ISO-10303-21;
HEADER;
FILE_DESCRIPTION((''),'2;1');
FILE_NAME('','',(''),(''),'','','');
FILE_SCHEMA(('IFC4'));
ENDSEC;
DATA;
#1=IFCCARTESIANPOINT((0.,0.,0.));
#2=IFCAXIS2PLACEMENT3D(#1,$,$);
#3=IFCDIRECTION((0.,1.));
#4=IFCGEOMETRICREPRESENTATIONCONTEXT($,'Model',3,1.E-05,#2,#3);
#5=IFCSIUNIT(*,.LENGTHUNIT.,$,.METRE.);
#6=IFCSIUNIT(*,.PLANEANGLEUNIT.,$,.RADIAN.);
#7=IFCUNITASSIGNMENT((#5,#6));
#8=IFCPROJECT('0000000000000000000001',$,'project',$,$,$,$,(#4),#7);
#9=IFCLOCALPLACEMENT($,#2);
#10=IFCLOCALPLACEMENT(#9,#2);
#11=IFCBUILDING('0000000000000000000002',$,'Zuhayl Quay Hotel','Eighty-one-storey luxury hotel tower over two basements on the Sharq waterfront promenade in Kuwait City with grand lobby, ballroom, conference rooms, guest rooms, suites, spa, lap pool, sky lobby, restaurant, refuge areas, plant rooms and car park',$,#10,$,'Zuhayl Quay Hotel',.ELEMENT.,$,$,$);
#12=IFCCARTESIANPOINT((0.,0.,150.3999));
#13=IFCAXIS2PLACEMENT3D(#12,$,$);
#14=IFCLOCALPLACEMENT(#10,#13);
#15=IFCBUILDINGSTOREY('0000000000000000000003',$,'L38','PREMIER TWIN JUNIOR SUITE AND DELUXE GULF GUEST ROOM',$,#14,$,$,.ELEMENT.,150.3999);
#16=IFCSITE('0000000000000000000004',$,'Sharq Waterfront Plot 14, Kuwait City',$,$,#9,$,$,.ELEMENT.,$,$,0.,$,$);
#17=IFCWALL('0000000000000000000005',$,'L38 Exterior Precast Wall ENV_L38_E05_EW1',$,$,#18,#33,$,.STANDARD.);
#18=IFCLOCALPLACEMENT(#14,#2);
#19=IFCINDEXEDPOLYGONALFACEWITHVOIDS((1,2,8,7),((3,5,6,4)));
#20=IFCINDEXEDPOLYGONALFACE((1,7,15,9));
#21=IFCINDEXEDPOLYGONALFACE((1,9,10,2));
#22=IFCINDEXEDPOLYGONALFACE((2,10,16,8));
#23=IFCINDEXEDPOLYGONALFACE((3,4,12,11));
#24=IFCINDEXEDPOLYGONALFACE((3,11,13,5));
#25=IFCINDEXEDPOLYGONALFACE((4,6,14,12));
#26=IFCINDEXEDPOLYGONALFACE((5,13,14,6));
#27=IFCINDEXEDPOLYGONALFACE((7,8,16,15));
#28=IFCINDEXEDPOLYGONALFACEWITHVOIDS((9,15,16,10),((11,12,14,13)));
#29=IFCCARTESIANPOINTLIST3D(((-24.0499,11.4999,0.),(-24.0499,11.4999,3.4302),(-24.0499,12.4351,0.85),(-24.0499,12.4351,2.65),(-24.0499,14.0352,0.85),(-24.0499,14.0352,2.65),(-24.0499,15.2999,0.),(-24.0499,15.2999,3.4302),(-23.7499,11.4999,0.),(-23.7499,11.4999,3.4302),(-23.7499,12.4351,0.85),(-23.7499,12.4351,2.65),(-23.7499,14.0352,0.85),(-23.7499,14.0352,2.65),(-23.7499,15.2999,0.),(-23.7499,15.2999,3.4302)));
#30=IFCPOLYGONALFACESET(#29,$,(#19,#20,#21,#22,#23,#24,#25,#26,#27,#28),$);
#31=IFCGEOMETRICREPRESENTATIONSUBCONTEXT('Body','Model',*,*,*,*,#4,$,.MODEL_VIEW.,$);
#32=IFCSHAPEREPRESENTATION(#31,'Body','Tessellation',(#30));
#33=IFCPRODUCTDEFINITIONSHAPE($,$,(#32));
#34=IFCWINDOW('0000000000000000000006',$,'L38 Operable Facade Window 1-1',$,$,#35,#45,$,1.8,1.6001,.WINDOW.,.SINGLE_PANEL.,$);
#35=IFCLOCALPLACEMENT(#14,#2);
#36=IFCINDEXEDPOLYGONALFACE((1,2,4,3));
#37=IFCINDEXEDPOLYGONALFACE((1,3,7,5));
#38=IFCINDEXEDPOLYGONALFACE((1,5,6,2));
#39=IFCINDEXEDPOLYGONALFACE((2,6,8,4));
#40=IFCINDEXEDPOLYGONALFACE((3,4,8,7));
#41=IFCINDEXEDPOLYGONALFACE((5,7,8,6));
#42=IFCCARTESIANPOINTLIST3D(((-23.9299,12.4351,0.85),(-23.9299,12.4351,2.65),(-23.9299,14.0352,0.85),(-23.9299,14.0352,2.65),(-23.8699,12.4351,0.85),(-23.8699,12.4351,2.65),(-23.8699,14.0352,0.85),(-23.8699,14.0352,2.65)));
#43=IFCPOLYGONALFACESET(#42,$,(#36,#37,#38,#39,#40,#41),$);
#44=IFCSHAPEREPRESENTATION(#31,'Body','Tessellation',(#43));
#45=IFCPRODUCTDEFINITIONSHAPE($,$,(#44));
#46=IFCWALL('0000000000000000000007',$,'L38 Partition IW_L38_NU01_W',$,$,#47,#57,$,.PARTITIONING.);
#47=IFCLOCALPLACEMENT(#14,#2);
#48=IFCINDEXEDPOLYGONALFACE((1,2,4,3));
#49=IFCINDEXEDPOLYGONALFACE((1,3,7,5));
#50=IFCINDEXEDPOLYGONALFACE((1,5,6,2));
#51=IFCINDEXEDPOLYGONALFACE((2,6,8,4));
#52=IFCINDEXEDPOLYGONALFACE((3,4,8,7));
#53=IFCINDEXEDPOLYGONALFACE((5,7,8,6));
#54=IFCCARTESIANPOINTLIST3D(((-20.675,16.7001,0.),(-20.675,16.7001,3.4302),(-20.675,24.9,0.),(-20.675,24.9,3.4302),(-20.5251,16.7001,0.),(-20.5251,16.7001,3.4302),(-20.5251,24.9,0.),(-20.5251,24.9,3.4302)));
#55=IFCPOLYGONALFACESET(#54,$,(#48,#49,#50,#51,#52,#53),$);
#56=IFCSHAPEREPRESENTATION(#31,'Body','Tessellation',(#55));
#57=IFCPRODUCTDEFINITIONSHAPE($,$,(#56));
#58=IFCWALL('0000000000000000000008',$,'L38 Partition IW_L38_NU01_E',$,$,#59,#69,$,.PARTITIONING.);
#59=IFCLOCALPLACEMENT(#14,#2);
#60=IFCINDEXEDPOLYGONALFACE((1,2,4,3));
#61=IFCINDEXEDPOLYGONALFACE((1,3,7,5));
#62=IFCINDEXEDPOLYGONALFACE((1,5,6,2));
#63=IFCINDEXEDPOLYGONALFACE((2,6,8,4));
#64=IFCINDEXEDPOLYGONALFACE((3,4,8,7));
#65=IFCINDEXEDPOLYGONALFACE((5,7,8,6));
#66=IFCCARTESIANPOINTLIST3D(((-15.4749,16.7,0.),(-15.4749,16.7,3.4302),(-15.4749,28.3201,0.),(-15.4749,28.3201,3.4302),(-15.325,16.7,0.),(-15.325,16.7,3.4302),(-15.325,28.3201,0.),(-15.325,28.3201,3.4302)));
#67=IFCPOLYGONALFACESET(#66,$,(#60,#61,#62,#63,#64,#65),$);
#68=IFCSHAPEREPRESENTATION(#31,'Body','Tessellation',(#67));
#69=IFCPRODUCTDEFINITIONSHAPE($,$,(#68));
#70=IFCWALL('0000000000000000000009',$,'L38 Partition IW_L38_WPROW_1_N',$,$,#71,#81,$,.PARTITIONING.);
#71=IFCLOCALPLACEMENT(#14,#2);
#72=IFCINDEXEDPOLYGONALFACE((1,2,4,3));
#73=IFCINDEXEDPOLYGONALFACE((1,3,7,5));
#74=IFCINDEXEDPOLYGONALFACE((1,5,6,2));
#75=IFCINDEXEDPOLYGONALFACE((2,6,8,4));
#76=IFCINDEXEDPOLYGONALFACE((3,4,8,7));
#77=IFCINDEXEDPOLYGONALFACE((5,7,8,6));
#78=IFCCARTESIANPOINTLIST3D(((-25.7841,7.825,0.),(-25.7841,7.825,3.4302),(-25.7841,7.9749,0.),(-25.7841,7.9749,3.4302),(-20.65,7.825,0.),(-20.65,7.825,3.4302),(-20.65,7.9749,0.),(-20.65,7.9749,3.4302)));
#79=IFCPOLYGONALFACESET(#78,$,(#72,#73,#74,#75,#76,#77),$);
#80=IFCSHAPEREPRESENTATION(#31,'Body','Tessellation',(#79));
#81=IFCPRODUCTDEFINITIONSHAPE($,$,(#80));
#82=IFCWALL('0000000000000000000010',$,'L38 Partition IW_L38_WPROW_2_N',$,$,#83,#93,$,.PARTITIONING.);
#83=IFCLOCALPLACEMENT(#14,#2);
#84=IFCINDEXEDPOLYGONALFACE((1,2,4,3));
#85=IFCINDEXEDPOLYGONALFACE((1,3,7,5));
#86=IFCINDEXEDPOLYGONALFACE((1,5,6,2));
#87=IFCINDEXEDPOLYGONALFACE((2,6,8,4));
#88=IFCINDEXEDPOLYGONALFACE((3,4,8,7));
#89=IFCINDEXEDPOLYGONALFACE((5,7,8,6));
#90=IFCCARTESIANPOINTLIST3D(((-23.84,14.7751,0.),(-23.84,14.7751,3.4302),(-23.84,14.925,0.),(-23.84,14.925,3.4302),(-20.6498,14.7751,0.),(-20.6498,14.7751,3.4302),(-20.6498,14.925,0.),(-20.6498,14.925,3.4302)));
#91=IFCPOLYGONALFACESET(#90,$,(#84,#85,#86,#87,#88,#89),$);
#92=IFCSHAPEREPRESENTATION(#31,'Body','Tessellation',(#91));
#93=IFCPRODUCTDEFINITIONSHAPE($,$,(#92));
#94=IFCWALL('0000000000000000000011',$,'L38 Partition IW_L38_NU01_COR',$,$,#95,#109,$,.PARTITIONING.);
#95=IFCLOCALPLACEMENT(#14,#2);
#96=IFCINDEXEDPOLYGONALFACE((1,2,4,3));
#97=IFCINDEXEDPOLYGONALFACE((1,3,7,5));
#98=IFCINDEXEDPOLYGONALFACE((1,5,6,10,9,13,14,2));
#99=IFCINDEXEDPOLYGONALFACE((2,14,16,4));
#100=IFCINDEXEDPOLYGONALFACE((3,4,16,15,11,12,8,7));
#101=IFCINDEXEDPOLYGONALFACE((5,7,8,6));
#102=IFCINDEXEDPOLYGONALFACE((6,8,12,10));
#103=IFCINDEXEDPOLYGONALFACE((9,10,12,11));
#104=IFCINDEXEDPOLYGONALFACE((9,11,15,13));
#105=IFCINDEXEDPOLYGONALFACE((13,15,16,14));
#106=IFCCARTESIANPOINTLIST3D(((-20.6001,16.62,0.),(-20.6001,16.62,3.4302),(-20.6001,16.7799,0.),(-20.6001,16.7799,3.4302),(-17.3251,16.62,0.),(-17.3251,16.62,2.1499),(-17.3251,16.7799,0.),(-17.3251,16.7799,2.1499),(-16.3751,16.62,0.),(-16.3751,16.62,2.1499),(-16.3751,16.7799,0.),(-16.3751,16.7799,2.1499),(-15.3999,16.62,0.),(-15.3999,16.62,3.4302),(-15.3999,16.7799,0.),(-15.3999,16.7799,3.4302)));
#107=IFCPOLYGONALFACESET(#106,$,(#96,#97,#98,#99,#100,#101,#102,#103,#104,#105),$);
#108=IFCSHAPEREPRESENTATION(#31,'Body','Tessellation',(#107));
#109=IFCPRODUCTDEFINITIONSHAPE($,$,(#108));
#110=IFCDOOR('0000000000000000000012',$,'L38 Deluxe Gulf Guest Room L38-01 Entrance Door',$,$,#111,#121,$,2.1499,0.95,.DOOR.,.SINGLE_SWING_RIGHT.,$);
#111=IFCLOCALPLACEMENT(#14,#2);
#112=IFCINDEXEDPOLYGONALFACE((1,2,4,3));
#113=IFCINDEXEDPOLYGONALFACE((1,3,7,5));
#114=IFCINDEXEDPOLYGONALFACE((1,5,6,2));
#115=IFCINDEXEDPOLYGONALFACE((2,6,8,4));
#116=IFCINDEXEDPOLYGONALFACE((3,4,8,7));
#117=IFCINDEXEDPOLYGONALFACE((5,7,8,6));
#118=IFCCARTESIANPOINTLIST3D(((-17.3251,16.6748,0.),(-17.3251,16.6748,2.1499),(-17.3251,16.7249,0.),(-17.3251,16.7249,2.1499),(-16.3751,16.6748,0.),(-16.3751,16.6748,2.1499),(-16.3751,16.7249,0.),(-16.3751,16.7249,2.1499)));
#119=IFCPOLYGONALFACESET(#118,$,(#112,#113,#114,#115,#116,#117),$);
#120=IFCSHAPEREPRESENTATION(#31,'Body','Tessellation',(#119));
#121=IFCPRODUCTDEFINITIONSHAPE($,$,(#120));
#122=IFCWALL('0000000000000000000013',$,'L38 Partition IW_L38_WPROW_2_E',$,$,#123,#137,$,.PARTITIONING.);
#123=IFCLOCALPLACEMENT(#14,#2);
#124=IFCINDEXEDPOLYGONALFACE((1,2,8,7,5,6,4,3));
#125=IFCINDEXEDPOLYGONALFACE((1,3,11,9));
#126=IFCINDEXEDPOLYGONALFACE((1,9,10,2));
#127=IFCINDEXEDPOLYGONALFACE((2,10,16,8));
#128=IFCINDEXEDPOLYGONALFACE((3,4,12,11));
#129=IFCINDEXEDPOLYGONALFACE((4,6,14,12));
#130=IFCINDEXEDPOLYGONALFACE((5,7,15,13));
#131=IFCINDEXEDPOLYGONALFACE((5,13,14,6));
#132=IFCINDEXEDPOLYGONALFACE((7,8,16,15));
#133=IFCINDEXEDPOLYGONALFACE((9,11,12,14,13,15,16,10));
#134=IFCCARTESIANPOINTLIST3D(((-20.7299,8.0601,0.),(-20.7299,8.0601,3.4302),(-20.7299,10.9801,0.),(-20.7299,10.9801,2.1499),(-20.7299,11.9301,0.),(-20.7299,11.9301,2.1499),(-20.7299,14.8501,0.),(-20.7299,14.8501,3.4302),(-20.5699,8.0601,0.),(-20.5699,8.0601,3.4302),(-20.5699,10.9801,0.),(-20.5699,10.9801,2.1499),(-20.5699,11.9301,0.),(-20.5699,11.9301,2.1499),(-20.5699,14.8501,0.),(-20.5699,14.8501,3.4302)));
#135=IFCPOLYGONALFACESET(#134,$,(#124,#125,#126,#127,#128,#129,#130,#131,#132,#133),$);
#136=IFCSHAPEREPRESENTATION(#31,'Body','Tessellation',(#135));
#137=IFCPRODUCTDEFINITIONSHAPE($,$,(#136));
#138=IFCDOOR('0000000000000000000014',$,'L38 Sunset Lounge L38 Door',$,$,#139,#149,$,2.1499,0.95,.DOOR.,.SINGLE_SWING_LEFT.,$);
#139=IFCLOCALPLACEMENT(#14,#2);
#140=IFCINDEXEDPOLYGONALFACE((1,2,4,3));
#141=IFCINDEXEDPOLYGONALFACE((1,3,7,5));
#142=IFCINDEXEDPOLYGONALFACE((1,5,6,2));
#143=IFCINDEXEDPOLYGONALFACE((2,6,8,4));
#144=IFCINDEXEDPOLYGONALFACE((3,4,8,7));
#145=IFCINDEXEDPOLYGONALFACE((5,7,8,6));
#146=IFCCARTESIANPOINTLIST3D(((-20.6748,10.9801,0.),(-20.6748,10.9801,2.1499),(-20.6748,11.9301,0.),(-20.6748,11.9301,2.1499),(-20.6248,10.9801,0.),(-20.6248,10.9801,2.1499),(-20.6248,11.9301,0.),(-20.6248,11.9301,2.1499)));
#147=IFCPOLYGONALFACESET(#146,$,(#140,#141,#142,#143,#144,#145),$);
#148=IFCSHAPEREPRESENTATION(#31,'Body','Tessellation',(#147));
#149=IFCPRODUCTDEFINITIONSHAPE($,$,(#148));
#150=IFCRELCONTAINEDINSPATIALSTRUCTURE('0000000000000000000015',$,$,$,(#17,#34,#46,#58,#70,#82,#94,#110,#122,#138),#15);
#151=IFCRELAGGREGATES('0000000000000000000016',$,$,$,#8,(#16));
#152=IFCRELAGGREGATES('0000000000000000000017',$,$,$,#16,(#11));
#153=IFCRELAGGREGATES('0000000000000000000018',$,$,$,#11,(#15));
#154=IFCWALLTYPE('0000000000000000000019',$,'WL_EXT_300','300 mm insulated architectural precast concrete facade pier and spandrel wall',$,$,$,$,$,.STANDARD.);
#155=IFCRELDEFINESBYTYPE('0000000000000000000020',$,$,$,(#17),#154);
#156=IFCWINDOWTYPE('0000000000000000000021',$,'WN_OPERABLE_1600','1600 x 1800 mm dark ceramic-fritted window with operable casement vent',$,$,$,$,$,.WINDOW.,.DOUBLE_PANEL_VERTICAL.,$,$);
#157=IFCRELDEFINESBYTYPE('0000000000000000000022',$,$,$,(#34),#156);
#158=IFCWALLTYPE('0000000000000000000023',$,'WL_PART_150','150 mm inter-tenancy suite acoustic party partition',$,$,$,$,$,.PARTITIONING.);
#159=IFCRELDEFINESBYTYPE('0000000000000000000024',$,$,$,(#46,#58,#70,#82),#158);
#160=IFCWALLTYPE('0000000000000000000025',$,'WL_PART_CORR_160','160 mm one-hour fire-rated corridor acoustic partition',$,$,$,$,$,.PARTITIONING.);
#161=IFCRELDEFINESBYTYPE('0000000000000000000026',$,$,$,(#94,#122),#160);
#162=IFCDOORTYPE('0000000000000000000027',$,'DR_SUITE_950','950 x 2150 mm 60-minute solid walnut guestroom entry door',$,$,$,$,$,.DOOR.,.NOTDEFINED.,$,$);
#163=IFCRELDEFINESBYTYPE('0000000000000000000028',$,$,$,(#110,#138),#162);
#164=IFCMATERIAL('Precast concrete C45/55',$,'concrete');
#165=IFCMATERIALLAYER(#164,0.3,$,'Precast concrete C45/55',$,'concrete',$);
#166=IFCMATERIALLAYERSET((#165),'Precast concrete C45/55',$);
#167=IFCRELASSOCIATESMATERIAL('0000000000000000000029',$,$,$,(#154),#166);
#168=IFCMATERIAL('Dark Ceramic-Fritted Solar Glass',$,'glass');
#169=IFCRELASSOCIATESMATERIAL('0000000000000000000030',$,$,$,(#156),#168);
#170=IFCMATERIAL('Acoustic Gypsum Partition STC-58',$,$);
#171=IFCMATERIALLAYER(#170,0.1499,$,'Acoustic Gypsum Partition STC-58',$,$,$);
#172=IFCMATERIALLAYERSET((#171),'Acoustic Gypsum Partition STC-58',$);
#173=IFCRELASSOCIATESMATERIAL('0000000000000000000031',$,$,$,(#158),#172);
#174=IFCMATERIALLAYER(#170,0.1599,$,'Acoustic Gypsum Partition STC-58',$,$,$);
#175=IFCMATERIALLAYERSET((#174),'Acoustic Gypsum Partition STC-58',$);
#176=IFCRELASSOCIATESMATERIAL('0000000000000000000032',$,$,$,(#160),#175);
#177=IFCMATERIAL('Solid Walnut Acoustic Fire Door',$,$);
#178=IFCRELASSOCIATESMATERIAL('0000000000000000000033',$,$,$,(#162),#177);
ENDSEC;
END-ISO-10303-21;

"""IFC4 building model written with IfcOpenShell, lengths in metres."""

from ifc_helpers import new_model, si_unit, direction, frame, frame_2d, origin, place, context, subcontext, project, spatial, rectangle, extrude, material, layer, layer_set, type_object, element, fill, save


model = new_model("IFC4")

# Units and contexts
model_context = context("Model", 3, precision=1e-05, world=origin(), true_north=direction((0.0, 1.0)))
body_context = subcontext(model_context, "Body", "Model", "MODEL_VIEW")
ifc_project = project(units=[si_unit("LENGTHUNIT", "METRE"), si_unit("PLANEANGLEUNIT", "RADIAN")], contexts=[model_context])

# Site, building, storey
site_placement = place(None, origin())
site = spatial("IfcSite", under=ifc_project, at=site_placement, Name="Sharq Waterfront Plot 14, Kuwait City", CompositionType="ELEMENT", RefElevation=0.0)
building_placement = place(site_placement, origin())
building = spatial("IfcBuilding", under=site, at=building_placement, Name="Zuhayl Quay Hotel", Description="Eighty-one-storey luxury hotel tower over two basements on the Sharq waterfront promenade in Kuwait City with grand lobby, ballroom, conference rooms, guest rooms, suites, spa, lap pool, sky lobby, restaurant, refuge areas, plant rooms and car park", LongName="Zuhayl Quay Hotel", CompositionType="ELEMENT")
storey_placement = place(building_placement, frame((0.0, 0.0, 150.3999)))
storey = spatial("IfcBuildingStorey", under=building, at=storey_placement, Name="L38", Description="PREMIER TWIN JUNIOR SUITE AND DELUXE GULF GUEST ROOM", CompositionType="ELEMENT", Elevation=150.3999)

# Wall, opening, window
ifc_material_1 = material(Name="Precast concrete C45/55", Category="concrete")
ifc_layer_1 = layer(ifc_material_1, 0.3, Name="Precast concrete C45/55", Category="concrete")
ifc_layer_set_1 = layer_set([ifc_layer_1], Name="Precast concrete C45/55")
wall_type_1 = type_object("IfcWallType", Name="WL_EXT_300", Description="300 mm insulated architectural precast concrete facade pier and spandrel wall", PredefinedType="STANDARD", material=ifc_layer_set_1)
wall_1_placement = place(storey_placement, frame((-23.8999, 11.5, 0.0), z_axis=(0.0, 0.0, 1.0), x_axis=(0.0, 1.0, 0.0)))
wall_1 = element("IfcWall", 1, at=wall_1_placement, inside=storey, type_object=wall_type_1, Name="L38 Exterior Precast Wall ENV_L38_E05_EW1", PredefinedType="STANDARD", context=body_context, shape_type="SweptSolid", body=[
    extrude(rectangle(XDim=3.8, YDim=0.3, at=frame_2d((1.8999, 0.0))), origin(), (0.0, 0.0, 1.0), 3.4302),
])
opening_1_placement = place(wall_1_placement, frame((0.9351, 0.0, 0.8501)))
opening_1 = element("IfcOpeningElement", 2, at=opening_1_placement, cuts=wall_1, PredefinedType="OPENING", context=body_context, shape_type="SweptSolid", body=[
    extrude(rectangle(XDim=1.6001, YDim=1.8, at=frame_2d((0.8, 0.8999))), frame((0.0, 0.1599, 0.0), z_axis=(0.0, -1.0, 0.0), x_axis=(1.0, 0.0, 0.0)), (0.0, 0.0, 1.0), 0.3201),
])
ifc_material_2 = material(Name="Dark Ceramic-Fritted Solar Glass", Category="glass")
window_type = type_object("IfcWindowType", Name="WN_OPERABLE_1600", Description="1600 x 1800 mm dark ceramic-fritted window with operable casement vent", PartitioningType="DOUBLE_PANEL_VERTICAL", PredefinedType="WINDOW", material=ifc_material_2)
window_placement = place(opening_1_placement, origin())
window = element("IfcWindow", 3, at=window_placement, inside=storey, type_object=window_type, Name="L38 Operable Facade Window 1-1", OverallHeight=1.8, OverallWidth=1.6001, PartitioningType="SINGLE_PANEL", PredefinedType="WINDOW", context=body_context, shape_type="SweptSolid", body=[
    extrude(rectangle(XDim=1.6001, YDim=1.8, at=frame_2d((0.8, 0.8999))), frame((0.0, 0.03, 0.0), z_axis=(0.0, -1.0, 0.0), x_axis=(1.0, 0.0, 0.0)), (0.0, 0.0, 1.0), 0.0601),
])
fill(opening_1, window)

# Walls
ifc_material_3 = material(Name="Acoustic Gypsum Partition STC-58")
ifc_layer_2 = layer(ifc_material_3, 0.1499, Name="Acoustic Gypsum Partition STC-58")
ifc_layer_set_2 = layer_set([ifc_layer_2], Name="Acoustic Gypsum Partition STC-58")
wall_type_2 = type_object("IfcWallType", Name="WL_PART_150", Description="150 mm inter-tenancy suite acoustic party partition", PredefinedType="PARTITIONING", material=ifc_layer_set_2)
wall_2_placement = place(storey_placement, frame((-20.6001, 16.7, 0.0), z_axis=(0.0, 0.0, 1.0), x_axis=(0.0, 1.0, 0.0)))
element("IfcWall", 4, at=wall_2_placement, inside=storey, type_object=wall_type_2, Name="L38 Partition IW_L38_NU01_W", PredefinedType="PARTITIONING", context=body_context, shape_type="SweptSolid", body=[
    extrude(rectangle(XDim=8.2, YDim=0.1499, at=frame_2d((4.1001, 0.0))), origin(), (0.0, 0.0, 1.0), 3.4302),
])
wall_3_placement = place(storey_placement, frame((-15.3999, 16.7, 0.0), z_axis=(0.0, 0.0, 1.0), x_axis=(0.0, 1.0, 0.0)))
element("IfcWall", 5, at=wall_3_placement, inside=storey, type_object=wall_type_2, Name="L38 Partition IW_L38_NU01_E", PredefinedType="PARTITIONING", context=body_context, shape_type="SweptSolid", body=[
    extrude(rectangle(XDim=11.6201, YDim=0.1499, at=frame_2d((5.8101, 0.0))), origin(), (0.0, 0.0, 1.0), 3.4302),
])
wall_4_placement = place(storey_placement, frame((-25.7839, 7.8999, 0.0), z_axis=(0.0, 0.0, 1.0), x_axis=(1.0, 0.0, 0.0)))
element("IfcWall", 6, at=wall_4_placement, inside=storey, type_object=wall_type_2, Name="L38 Partition IW_L38_WPROW_1_N", PredefinedType="PARTITIONING", context=body_context, shape_type="SweptSolid", body=[
    extrude(rectangle(XDim=5.134, YDim=0.1499, at=frame_2d((2.5669, 0.0))), origin(), (0.0, 0.0, 1.0), 3.4302),
])
wall_5_placement = place(storey_placement, frame((-23.8401, 14.8501, 0.0), z_axis=(0.0, 0.0, 1.0), x_axis=(1.0, 0.0, 0.0)))
element("IfcWall", 7, at=wall_5_placement, inside=storey, type_object=wall_type_2, Name="L38 Partition IW_L38_WPROW_2_N", PredefinedType="PARTITIONING", context=body_context, shape_type="SweptSolid", body=[
    extrude(rectangle(XDim=3.1902, YDim=0.1499, at=frame_2d((1.5952, 0.0))), origin(), (0.0, 0.0, 1.0), 3.4302),
])

# Walls, openings, doors
ifc_layer_3 = layer(ifc_material_3, 0.1599, Name="Acoustic Gypsum Partition STC-58")
ifc_layer_set_3 = layer_set([ifc_layer_3], Name="Acoustic Gypsum Partition STC-58")
wall_type_3 = type_object("IfcWallType", Name="WL_PART_CORR_160", Description="160 mm one-hour fire-rated corridor acoustic partition", PredefinedType="PARTITIONING", material=ifc_layer_set_3)
wall_6_placement = place(storey_placement, frame((-20.6001, 16.7, 0.0), z_axis=(0.0, 0.0, 1.0), x_axis=(1.0, 0.0, 0.0)))
wall_6 = element("IfcWall", 8, at=wall_6_placement, inside=storey, type_object=wall_type_3, Name="L38 Partition IW_L38_NU01_COR", PredefinedType="PARTITIONING", context=body_context, shape_type="SweptSolid", body=[
    extrude(rectangle(XDim=5.2002, YDim=0.1599, at=frame_2d((2.6001, 0.0))), origin(), (0.0, 0.0, 1.0), 3.4302),
])
opening_2_placement = place(wall_6_placement, frame((3.2749, 0.0, 0.0)))
opening_2 = element("IfcOpeningElement", 9, at=opening_2_placement, cuts=wall_6, PredefinedType="OPENING", context=body_context, shape_type="SweptSolid", body=[
    extrude(rectangle(XDim=0.95, YDim=2.1499, at=frame_2d((0.4751, 1.075))), frame((0.0, 0.0898, 0.0), z_axis=(0.0, -1.0, 0.0), x_axis=(1.0, 0.0, 0.0)), (0.0, 0.0, 1.0), 0.1799),
])
ifc_material_4 = material(Name="Solid Walnut Acoustic Fire Door")
door_type_1 = type_object("IfcDoorType", Name="DR_SUITE_950", Description="950 x 2150 mm 60-minute solid walnut guestroom entry door", OperationType="NOTDEFINED", PredefinedType="DOOR", material=ifc_material_4)
door_1_placement = place(opening_2_placement, origin())
door_1 = element("IfcDoor", 10, at=door_1_placement, inside=storey, type_object=door_type_1, Name="L38 Deluxe Gulf Guest Room L38-01 Entrance Door", OperationType="SINGLE_SWING_RIGHT", OverallHeight=2.1499, OverallWidth=0.95, PredefinedType="DOOR", context=body_context, shape_type="SweptSolid", body=[
    extrude(rectangle(XDim=0.95, YDim=2.1499, at=frame_2d((0.4751, 1.075))), frame((0.0, 0.0249, 0.0), z_axis=(0.0, -1.0, 0.0), x_axis=(1.0, 0.0, 0.0)), (0.0, 0.0, 1.0), 0.05),
])
fill(opening_2, door_1)
wall_7_placement = place(storey_placement, frame((-20.6499, 8.0601, 0.0), z_axis=(0.0, 0.0, 1.0), x_axis=(0.0, 1.0, 0.0)))
wall_7 = element("IfcWall", 11, at=wall_7_placement, inside=storey, type_object=wall_type_3, Name="L38 Partition IW_L38_WPROW_2_E", PredefinedType="PARTITIONING", context=body_context, shape_type="SweptSolid", body=[
    extrude(rectangle(XDim=6.79, YDim=0.1599, at=frame_2d((3.395, 0.0))), origin(), (0.0, 0.0, 1.0), 3.4302),
])
opening_3_placement = place(wall_7_placement, frame((2.9199, 0.0, 0.0)))
opening_3 = element("IfcOpeningElement", 12, at=opening_3_placement, cuts=wall_7, PredefinedType="OPENING", context=body_context, shape_type="SweptSolid", body=[
    extrude(rectangle(XDim=0.95, YDim=2.1499, at=frame_2d((0.4751, 1.075))), frame((0.0, 0.0898, 0.0), z_axis=(0.0, -1.0, 0.0), x_axis=(1.0, 0.0, 0.0)), (0.0, 0.0, 1.0), 0.1799),
])
door_2_placement = place(opening_3_placement, origin())
door_2 = element("IfcDoor", 13, at=door_2_placement, inside=storey, type_object=door_type_1, Name="L38 Sunset Lounge L38 Door", OperationType="SINGLE_SWING_LEFT", OverallHeight=2.1499, OverallWidth=0.95, PredefinedType="DOOR", context=body_context, shape_type="SweptSolid", body=[
    extrude(rectangle(XDim=0.95, YDim=2.1499, at=frame_2d((0.4751, 1.075))), frame((0.0, 0.0249, 0.0), z_axis=(0.0, -1.0, 0.0), x_axis=(1.0, 0.0, 0.0)), (0.0, 0.0, 1.0), 0.05),
])
fill(opening_3, door_2)

save(model, "model.ifc")
